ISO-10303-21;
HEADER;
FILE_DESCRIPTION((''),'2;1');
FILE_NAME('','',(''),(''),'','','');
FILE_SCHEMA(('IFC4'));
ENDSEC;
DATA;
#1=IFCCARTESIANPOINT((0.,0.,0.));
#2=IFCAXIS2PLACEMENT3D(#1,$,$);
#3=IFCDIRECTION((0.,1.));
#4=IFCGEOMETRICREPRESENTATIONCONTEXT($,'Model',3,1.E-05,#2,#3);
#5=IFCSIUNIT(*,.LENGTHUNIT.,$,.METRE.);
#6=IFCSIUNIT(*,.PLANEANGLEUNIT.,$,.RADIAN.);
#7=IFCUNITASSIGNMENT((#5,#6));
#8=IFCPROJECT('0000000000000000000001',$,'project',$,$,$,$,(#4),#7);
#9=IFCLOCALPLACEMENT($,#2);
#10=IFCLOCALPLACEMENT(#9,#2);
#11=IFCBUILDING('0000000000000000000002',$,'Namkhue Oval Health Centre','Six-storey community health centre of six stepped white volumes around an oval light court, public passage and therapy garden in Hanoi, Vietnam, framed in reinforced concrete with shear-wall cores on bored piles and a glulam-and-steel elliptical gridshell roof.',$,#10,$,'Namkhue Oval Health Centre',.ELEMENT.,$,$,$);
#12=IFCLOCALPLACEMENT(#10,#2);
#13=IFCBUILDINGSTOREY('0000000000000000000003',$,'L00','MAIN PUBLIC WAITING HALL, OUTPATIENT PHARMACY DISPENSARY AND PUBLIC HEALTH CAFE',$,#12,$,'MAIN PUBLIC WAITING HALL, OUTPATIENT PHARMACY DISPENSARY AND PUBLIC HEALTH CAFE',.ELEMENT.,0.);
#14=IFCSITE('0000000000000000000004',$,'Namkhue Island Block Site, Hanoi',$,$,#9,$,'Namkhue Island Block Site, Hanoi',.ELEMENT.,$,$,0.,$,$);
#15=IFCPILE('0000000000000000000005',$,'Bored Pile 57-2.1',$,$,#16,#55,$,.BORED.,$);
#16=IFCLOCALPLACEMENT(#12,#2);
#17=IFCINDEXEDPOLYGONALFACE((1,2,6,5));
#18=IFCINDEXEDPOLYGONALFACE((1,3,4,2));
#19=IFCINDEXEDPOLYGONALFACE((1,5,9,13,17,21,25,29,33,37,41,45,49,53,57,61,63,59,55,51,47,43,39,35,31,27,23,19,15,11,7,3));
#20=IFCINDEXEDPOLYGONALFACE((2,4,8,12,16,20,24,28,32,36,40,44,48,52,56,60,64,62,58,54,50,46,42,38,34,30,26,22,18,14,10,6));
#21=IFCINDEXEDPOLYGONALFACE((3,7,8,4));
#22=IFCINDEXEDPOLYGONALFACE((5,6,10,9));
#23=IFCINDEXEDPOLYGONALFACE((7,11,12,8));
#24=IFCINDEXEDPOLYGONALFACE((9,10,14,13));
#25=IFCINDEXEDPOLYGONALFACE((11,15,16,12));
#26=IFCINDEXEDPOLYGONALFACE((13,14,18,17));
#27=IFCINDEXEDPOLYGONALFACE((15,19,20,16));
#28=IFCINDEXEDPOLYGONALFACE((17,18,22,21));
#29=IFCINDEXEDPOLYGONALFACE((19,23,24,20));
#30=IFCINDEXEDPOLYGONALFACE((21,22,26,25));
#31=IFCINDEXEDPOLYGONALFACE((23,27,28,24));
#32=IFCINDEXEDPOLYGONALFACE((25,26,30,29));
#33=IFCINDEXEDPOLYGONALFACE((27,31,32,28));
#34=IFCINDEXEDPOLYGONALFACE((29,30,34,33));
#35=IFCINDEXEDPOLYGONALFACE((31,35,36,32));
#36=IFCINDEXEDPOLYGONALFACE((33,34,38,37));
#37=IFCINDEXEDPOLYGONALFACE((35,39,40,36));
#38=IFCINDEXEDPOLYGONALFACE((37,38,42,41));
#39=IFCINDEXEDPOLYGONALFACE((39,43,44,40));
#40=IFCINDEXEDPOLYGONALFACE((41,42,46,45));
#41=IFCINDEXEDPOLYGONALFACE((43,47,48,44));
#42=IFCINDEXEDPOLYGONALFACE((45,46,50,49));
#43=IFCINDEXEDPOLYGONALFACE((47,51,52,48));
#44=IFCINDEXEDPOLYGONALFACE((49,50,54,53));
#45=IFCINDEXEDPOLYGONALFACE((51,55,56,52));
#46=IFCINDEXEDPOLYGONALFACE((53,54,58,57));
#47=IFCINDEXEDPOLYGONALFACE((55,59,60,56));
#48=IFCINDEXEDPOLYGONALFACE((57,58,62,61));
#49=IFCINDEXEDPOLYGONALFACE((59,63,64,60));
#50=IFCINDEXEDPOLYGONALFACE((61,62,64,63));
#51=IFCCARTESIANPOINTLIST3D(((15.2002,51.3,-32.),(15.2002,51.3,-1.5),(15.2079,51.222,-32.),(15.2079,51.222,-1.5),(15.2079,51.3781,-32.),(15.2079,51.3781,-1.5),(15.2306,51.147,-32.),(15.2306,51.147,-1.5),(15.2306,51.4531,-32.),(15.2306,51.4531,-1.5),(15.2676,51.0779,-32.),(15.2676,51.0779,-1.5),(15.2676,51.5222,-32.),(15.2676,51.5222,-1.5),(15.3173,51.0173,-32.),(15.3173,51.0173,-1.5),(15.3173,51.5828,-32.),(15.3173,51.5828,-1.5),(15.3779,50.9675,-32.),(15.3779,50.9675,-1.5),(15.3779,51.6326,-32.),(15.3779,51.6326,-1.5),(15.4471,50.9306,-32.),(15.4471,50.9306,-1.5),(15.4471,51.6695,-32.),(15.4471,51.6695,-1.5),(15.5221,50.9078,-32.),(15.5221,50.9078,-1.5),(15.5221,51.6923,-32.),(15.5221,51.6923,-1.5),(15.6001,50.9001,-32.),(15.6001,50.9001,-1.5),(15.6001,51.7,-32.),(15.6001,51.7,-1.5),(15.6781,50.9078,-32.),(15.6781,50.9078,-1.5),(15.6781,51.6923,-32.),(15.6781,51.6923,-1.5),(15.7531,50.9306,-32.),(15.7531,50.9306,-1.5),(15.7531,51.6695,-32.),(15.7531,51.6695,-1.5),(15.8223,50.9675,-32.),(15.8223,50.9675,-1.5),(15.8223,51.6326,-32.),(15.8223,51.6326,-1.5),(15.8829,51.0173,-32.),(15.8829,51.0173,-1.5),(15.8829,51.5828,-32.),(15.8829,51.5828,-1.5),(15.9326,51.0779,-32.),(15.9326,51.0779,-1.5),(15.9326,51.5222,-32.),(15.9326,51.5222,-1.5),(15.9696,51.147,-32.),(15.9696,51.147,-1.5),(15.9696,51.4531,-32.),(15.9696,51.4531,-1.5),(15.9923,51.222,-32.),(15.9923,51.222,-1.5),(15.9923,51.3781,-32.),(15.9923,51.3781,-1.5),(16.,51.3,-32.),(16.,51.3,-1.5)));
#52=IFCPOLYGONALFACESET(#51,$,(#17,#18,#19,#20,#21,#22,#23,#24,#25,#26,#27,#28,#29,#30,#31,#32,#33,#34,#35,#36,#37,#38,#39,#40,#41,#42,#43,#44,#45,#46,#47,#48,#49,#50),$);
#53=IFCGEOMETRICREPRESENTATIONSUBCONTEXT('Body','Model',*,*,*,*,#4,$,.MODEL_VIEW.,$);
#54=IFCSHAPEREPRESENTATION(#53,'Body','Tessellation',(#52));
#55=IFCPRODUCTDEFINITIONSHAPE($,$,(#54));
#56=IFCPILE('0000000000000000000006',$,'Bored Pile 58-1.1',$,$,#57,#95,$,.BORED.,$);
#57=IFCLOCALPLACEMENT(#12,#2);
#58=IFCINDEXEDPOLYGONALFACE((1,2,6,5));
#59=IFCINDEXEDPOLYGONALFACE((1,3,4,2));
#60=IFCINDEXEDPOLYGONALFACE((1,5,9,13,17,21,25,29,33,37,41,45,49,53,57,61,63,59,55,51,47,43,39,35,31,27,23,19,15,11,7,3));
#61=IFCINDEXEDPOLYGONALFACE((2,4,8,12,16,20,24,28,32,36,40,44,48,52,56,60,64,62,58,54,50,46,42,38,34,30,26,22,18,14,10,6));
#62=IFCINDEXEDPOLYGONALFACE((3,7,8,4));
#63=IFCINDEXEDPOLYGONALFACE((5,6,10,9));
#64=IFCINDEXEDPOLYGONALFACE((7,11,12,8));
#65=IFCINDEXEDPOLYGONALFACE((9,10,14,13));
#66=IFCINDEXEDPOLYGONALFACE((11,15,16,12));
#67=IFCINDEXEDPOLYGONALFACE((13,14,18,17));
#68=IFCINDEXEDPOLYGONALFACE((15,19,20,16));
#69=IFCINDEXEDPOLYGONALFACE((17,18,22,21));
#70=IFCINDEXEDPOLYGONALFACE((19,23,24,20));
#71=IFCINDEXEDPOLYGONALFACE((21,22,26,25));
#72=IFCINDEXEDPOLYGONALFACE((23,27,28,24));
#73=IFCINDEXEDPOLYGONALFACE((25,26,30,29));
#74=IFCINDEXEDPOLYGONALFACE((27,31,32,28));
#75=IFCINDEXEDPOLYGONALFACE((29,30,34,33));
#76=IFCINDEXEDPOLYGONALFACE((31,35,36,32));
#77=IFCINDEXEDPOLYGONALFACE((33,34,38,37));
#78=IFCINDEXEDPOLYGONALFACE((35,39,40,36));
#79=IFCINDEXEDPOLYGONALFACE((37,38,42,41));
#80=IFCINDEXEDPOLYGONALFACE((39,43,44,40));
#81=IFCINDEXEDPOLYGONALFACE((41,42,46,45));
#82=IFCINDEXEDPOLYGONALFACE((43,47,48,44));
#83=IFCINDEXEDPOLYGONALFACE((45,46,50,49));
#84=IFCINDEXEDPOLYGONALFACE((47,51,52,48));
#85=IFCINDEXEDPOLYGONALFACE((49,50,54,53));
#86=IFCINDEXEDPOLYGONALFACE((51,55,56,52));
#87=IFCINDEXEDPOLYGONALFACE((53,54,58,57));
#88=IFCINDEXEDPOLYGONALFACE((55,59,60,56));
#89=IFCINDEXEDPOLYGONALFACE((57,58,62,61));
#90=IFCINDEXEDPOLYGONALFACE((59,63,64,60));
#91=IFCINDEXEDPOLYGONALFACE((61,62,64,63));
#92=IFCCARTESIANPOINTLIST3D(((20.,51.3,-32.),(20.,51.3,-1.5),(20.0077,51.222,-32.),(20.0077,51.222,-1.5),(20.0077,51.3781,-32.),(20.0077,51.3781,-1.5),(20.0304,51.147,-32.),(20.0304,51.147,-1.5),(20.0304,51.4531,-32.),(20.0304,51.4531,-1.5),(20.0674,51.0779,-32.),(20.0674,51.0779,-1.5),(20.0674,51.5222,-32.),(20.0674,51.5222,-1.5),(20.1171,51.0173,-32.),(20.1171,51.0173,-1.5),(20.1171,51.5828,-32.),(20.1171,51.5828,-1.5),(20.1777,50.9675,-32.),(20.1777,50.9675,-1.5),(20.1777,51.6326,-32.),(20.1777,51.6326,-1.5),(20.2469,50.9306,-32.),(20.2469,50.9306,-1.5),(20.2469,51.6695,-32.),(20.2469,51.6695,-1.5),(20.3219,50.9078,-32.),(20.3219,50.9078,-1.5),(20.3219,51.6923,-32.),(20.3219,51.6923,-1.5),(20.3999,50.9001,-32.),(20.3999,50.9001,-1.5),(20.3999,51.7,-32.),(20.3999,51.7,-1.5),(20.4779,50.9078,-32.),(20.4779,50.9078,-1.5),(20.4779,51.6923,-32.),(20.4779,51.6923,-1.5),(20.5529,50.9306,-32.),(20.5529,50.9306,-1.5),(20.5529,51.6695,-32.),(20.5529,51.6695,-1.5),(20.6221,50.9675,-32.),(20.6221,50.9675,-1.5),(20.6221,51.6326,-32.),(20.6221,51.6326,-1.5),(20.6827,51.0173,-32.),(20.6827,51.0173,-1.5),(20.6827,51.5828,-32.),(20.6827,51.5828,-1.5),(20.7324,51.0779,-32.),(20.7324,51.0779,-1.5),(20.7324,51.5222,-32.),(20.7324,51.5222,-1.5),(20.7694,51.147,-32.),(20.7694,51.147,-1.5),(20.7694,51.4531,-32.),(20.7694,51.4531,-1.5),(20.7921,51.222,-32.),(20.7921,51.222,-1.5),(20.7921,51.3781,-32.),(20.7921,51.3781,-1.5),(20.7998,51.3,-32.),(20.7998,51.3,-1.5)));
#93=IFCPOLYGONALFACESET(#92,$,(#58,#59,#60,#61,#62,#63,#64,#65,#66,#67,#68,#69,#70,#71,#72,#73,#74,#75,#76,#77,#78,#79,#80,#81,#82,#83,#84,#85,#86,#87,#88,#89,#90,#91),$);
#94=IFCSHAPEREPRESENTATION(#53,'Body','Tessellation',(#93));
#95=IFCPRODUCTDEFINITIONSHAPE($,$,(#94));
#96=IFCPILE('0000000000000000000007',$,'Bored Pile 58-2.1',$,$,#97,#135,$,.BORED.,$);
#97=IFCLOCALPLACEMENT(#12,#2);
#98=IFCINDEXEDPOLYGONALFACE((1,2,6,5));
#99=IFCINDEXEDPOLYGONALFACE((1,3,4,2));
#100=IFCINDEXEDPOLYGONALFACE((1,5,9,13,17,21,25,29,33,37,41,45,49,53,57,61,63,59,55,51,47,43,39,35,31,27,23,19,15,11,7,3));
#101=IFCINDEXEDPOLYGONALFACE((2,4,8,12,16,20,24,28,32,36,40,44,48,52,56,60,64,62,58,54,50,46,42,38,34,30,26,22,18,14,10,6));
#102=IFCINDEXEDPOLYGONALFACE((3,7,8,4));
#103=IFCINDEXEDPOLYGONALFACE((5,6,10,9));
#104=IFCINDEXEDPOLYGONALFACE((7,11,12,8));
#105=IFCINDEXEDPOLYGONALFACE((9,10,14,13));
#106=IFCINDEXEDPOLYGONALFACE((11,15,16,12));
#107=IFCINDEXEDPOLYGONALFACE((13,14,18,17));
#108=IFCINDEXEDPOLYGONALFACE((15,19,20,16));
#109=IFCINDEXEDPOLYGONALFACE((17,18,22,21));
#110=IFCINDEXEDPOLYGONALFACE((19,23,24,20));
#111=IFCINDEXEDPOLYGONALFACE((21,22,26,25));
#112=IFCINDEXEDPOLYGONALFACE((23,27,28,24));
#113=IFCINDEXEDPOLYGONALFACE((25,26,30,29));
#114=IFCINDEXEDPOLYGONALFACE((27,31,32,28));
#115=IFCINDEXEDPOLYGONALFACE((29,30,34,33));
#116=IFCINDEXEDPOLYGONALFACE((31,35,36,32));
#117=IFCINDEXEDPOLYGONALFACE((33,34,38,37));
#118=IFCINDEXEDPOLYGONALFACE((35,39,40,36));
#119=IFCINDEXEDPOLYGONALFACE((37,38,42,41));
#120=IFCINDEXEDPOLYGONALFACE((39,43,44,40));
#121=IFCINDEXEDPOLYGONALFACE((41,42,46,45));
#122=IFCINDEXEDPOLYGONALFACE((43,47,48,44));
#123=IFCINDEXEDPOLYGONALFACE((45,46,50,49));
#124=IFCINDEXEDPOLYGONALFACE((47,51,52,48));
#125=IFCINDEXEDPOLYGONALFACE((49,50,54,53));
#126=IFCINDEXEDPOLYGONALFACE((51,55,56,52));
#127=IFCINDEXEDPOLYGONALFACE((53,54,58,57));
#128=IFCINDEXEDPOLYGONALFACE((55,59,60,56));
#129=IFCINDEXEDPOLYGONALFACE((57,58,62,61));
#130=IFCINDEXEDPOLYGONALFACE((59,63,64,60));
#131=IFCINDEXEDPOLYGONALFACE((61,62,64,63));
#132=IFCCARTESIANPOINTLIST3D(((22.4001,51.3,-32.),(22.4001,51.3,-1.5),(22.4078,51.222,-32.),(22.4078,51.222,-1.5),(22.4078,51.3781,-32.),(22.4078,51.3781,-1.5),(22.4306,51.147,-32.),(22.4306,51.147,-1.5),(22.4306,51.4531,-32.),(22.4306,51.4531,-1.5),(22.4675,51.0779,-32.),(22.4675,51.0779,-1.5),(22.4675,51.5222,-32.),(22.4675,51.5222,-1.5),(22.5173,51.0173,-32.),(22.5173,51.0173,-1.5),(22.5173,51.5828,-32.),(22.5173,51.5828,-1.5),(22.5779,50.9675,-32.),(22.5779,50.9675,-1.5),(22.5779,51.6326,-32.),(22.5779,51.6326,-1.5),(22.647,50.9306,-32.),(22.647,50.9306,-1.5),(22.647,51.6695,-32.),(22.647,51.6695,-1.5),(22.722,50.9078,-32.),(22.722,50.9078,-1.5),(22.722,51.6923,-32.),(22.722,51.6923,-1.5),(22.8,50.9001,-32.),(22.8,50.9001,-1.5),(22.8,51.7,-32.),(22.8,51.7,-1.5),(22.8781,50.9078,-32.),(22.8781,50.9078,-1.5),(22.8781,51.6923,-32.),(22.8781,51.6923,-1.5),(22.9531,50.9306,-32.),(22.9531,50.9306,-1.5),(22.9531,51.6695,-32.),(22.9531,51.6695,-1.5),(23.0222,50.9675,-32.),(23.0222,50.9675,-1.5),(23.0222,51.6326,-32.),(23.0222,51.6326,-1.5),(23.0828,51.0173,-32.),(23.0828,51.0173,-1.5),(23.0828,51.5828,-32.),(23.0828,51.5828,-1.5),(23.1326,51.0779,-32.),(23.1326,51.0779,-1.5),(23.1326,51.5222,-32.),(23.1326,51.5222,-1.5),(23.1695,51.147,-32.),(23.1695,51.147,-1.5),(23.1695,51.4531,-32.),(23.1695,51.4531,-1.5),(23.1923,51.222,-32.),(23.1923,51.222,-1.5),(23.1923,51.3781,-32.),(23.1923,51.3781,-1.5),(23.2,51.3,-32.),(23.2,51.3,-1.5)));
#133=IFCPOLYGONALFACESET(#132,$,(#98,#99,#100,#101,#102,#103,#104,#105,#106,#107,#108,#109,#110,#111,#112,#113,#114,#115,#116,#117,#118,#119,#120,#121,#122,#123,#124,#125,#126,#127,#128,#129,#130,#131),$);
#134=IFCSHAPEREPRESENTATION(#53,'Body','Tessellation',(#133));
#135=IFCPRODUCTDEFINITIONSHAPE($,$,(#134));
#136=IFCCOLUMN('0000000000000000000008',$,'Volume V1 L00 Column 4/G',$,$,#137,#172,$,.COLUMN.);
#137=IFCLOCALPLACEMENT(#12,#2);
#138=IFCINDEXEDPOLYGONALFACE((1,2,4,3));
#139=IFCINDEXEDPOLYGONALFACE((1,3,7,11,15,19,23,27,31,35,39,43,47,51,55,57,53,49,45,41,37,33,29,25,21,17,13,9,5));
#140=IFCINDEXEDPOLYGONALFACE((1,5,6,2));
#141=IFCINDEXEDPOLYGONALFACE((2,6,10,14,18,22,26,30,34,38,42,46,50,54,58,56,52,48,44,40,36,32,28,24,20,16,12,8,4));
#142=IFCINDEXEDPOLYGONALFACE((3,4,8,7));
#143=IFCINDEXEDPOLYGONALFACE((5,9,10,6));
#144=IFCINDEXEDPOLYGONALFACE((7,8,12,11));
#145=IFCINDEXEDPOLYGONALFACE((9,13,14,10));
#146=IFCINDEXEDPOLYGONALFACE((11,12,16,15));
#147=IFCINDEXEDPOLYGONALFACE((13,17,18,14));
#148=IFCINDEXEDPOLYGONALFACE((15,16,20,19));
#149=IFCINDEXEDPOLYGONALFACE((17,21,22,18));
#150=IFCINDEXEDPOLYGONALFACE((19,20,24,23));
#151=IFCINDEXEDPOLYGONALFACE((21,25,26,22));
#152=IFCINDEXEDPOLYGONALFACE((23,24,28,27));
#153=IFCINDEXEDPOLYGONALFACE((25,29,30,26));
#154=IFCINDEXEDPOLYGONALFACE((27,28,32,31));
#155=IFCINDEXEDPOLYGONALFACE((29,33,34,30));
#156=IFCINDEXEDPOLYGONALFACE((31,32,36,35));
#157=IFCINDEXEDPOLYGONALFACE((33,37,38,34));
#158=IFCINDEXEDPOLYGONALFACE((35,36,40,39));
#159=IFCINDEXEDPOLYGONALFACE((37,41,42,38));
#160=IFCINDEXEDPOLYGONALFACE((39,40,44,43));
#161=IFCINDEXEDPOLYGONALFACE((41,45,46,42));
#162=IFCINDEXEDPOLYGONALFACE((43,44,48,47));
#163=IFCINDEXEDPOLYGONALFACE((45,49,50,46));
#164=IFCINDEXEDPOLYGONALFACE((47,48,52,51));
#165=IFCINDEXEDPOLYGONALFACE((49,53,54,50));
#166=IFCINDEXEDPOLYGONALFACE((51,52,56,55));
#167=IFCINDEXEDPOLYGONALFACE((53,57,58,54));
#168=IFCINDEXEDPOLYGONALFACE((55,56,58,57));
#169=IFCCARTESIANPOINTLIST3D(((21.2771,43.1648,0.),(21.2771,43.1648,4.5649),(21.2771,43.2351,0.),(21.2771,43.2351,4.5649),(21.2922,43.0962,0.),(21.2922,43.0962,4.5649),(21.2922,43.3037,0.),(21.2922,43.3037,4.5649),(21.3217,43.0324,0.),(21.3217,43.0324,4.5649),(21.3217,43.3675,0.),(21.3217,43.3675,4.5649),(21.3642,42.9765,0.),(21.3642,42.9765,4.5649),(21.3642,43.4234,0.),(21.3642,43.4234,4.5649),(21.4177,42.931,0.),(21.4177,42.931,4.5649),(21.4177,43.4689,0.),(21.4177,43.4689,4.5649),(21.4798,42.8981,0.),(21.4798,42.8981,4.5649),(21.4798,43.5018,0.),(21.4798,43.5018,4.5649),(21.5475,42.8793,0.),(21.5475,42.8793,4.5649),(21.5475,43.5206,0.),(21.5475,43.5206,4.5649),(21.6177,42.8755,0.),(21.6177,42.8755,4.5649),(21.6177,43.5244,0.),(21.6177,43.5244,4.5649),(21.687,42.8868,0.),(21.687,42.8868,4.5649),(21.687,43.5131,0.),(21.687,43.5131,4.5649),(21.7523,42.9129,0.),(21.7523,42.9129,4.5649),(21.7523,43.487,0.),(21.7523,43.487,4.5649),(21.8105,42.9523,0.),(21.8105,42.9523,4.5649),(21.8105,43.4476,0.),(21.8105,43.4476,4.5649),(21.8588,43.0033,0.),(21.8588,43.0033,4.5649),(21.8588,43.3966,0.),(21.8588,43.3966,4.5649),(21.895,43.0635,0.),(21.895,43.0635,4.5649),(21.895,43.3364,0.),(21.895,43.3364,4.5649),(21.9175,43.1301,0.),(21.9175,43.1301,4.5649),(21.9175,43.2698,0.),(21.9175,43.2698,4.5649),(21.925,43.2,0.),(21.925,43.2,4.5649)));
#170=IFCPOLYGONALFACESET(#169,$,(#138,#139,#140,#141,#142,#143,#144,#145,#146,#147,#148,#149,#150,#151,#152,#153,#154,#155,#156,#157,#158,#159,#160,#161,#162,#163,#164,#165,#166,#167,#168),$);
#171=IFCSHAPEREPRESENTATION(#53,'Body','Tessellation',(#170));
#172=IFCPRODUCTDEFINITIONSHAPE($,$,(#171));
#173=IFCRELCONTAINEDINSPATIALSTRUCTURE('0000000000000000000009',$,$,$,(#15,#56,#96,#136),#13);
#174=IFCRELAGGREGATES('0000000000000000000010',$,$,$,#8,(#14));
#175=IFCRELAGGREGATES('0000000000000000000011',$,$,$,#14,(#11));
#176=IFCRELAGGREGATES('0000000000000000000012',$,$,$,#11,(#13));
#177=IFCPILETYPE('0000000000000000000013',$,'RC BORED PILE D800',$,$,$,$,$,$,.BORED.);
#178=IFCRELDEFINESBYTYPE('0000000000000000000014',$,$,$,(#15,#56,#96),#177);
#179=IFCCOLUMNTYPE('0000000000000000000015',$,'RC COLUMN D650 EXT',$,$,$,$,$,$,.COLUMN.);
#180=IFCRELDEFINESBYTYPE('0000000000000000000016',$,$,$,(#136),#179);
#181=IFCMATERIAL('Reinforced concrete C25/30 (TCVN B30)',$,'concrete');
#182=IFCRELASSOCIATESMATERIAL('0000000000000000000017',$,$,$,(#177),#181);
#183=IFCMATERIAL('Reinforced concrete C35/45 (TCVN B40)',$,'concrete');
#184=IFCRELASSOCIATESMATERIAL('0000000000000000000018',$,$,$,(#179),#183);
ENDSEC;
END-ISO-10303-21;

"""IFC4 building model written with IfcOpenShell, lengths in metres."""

from ifc_helpers import new_model, si_unit, direction, frame, origin, origin_2d, place, context, subcontext, project, spatial, circle, extrude, material, material_profile, profile_set, type_object, element, save


model = new_model("IFC4")

# Units and contexts
model_context = context("Model", 3, precision=1e-05, world=origin(), true_north=direction((0.0, 1.0)))
body_context = subcontext(model_context, "Body", "Model", "MODEL_VIEW")
ifc_project = project(units=[si_unit("LENGTHUNIT", "METRE"), si_unit("PLANEANGLEUNIT", "RADIAN")], contexts=[model_context])

# Site, building, storey
site_placement = place(None, origin())
site = spatial("IfcSite", under=ifc_project, at=site_placement, Name="Namkhue Island Block Site, Hanoi", LongName="Namkhue Island Block Site, Hanoi", CompositionType="ELEMENT", RefElevation=0.0)
building_placement = place(site_placement, origin())
building = spatial("IfcBuilding", under=site, at=building_placement, Name="Namkhue Oval Health Centre", Description="Six-storey community health centre of six stepped white volumes around an oval light court, public passage and therapy garden in Hanoi, Vietnam, framed in reinforced concrete with shear-wall cores on bored piles and a glulam-and-steel elliptical gridshell roof.", LongName="Namkhue Oval Health Centre", CompositionType="ELEMENT")
storey_placement = place(building_placement, origin())
storey = spatial("IfcBuildingStorey", under=building, at=storey_placement, Name="L00", Description="MAIN PUBLIC WAITING HALL, OUTPATIENT PHARMACY DISPENSARY AND PUBLIC HEALTH CAFE", LongName="MAIN PUBLIC WAITING HALL, OUTPATIENT PHARMACY DISPENSARY AND PUBLIC HEALTH CAFE", CompositionType="ELEMENT", Elevation=0.0)

# Piles
ifc_material_1 = material(Name="Reinforced concrete C25/30 (TCVN B30)", Category="concrete")
ifc_material_profile_1 = material_profile(ifc_material_1, circle(Radius=0.3999, at=origin_2d()), Name="BORED PILE D800")
ifc_profile_set_1 = profile_set([ifc_material_profile_1], Name="Reinforced concrete C25/30 (TCVN B30)")
pile_type = type_object("IfcPileType", Name="RC BORED PILE D800", PredefinedType="BORED", material=ifc_profile_set_1)
for number, where, z_axis, x_axis, name in (
    (1, (15.6001, 51.3, -1.5), (0.0, 0.0, -1.0), (1.0, 0.0, 0.0), "Bored Pile 57-2.1"),
    (2, (20.3999, 51.3, -1.5), (0.0, 0.0, -1.0), (1.0, 0.0, 0.0), "Bored Pile 58-1.1"),
    (3, (22.8, 51.3, -1.5), (0.0, 0.0, -1.0), (1.0, 0.0, 0.0), "Bored Pile 58-2.1"),
):
    element("IfcPile", number, at=place(storey_placement, frame(where, z_axis=z_axis, x_axis=x_axis)), inside=storey, type_object=pile_type, Name=name, PredefinedType="BORED", context=body_context, shape_type="SweptSolid", body=[
        extrude(circle(Radius=0.3999, at=origin_2d()), origin(), (0.0, 0.0, 1.0), 30.5),
    ])

# Column
ifc_material_2 = material(Name="Reinforced concrete C35/45 (TCVN B40)", Category="concrete")
ifc_material_profile_2 = material_profile(ifc_material_2, circle(Radius=0.325, at=origin_2d()), Name="RC D650")
ifc_profile_set_2 = profile_set([ifc_material_profile_2], Name="Reinforced concrete C35/45 (TCVN B40)")
column_type_1 = type_object("IfcColumnType", Name="RC COLUMN D650 EXT", PredefinedType="COLUMN", material=ifc_profile_set_2)
column_1_placement = place(storey_placement, frame((21.6001, 43.2, 0.0), z_axis=(0.0, 0.0, 1.0), x_axis=(1.0, 0.0, 0.0)))
element("IfcColumn", 4, at=column_1_placement, inside=storey, type_object=column_type_1, Name="Volume V1 L00 Column 4/G", PredefinedType="COLUMN", context=body_context, shape_type="SweptSolid", body=[
    extrude(circle(Radius=0.325, at=origin_2d()), origin(), (0.0, 0.0, 1.0), 4.5649),
])

save(model, "model.ifc")
